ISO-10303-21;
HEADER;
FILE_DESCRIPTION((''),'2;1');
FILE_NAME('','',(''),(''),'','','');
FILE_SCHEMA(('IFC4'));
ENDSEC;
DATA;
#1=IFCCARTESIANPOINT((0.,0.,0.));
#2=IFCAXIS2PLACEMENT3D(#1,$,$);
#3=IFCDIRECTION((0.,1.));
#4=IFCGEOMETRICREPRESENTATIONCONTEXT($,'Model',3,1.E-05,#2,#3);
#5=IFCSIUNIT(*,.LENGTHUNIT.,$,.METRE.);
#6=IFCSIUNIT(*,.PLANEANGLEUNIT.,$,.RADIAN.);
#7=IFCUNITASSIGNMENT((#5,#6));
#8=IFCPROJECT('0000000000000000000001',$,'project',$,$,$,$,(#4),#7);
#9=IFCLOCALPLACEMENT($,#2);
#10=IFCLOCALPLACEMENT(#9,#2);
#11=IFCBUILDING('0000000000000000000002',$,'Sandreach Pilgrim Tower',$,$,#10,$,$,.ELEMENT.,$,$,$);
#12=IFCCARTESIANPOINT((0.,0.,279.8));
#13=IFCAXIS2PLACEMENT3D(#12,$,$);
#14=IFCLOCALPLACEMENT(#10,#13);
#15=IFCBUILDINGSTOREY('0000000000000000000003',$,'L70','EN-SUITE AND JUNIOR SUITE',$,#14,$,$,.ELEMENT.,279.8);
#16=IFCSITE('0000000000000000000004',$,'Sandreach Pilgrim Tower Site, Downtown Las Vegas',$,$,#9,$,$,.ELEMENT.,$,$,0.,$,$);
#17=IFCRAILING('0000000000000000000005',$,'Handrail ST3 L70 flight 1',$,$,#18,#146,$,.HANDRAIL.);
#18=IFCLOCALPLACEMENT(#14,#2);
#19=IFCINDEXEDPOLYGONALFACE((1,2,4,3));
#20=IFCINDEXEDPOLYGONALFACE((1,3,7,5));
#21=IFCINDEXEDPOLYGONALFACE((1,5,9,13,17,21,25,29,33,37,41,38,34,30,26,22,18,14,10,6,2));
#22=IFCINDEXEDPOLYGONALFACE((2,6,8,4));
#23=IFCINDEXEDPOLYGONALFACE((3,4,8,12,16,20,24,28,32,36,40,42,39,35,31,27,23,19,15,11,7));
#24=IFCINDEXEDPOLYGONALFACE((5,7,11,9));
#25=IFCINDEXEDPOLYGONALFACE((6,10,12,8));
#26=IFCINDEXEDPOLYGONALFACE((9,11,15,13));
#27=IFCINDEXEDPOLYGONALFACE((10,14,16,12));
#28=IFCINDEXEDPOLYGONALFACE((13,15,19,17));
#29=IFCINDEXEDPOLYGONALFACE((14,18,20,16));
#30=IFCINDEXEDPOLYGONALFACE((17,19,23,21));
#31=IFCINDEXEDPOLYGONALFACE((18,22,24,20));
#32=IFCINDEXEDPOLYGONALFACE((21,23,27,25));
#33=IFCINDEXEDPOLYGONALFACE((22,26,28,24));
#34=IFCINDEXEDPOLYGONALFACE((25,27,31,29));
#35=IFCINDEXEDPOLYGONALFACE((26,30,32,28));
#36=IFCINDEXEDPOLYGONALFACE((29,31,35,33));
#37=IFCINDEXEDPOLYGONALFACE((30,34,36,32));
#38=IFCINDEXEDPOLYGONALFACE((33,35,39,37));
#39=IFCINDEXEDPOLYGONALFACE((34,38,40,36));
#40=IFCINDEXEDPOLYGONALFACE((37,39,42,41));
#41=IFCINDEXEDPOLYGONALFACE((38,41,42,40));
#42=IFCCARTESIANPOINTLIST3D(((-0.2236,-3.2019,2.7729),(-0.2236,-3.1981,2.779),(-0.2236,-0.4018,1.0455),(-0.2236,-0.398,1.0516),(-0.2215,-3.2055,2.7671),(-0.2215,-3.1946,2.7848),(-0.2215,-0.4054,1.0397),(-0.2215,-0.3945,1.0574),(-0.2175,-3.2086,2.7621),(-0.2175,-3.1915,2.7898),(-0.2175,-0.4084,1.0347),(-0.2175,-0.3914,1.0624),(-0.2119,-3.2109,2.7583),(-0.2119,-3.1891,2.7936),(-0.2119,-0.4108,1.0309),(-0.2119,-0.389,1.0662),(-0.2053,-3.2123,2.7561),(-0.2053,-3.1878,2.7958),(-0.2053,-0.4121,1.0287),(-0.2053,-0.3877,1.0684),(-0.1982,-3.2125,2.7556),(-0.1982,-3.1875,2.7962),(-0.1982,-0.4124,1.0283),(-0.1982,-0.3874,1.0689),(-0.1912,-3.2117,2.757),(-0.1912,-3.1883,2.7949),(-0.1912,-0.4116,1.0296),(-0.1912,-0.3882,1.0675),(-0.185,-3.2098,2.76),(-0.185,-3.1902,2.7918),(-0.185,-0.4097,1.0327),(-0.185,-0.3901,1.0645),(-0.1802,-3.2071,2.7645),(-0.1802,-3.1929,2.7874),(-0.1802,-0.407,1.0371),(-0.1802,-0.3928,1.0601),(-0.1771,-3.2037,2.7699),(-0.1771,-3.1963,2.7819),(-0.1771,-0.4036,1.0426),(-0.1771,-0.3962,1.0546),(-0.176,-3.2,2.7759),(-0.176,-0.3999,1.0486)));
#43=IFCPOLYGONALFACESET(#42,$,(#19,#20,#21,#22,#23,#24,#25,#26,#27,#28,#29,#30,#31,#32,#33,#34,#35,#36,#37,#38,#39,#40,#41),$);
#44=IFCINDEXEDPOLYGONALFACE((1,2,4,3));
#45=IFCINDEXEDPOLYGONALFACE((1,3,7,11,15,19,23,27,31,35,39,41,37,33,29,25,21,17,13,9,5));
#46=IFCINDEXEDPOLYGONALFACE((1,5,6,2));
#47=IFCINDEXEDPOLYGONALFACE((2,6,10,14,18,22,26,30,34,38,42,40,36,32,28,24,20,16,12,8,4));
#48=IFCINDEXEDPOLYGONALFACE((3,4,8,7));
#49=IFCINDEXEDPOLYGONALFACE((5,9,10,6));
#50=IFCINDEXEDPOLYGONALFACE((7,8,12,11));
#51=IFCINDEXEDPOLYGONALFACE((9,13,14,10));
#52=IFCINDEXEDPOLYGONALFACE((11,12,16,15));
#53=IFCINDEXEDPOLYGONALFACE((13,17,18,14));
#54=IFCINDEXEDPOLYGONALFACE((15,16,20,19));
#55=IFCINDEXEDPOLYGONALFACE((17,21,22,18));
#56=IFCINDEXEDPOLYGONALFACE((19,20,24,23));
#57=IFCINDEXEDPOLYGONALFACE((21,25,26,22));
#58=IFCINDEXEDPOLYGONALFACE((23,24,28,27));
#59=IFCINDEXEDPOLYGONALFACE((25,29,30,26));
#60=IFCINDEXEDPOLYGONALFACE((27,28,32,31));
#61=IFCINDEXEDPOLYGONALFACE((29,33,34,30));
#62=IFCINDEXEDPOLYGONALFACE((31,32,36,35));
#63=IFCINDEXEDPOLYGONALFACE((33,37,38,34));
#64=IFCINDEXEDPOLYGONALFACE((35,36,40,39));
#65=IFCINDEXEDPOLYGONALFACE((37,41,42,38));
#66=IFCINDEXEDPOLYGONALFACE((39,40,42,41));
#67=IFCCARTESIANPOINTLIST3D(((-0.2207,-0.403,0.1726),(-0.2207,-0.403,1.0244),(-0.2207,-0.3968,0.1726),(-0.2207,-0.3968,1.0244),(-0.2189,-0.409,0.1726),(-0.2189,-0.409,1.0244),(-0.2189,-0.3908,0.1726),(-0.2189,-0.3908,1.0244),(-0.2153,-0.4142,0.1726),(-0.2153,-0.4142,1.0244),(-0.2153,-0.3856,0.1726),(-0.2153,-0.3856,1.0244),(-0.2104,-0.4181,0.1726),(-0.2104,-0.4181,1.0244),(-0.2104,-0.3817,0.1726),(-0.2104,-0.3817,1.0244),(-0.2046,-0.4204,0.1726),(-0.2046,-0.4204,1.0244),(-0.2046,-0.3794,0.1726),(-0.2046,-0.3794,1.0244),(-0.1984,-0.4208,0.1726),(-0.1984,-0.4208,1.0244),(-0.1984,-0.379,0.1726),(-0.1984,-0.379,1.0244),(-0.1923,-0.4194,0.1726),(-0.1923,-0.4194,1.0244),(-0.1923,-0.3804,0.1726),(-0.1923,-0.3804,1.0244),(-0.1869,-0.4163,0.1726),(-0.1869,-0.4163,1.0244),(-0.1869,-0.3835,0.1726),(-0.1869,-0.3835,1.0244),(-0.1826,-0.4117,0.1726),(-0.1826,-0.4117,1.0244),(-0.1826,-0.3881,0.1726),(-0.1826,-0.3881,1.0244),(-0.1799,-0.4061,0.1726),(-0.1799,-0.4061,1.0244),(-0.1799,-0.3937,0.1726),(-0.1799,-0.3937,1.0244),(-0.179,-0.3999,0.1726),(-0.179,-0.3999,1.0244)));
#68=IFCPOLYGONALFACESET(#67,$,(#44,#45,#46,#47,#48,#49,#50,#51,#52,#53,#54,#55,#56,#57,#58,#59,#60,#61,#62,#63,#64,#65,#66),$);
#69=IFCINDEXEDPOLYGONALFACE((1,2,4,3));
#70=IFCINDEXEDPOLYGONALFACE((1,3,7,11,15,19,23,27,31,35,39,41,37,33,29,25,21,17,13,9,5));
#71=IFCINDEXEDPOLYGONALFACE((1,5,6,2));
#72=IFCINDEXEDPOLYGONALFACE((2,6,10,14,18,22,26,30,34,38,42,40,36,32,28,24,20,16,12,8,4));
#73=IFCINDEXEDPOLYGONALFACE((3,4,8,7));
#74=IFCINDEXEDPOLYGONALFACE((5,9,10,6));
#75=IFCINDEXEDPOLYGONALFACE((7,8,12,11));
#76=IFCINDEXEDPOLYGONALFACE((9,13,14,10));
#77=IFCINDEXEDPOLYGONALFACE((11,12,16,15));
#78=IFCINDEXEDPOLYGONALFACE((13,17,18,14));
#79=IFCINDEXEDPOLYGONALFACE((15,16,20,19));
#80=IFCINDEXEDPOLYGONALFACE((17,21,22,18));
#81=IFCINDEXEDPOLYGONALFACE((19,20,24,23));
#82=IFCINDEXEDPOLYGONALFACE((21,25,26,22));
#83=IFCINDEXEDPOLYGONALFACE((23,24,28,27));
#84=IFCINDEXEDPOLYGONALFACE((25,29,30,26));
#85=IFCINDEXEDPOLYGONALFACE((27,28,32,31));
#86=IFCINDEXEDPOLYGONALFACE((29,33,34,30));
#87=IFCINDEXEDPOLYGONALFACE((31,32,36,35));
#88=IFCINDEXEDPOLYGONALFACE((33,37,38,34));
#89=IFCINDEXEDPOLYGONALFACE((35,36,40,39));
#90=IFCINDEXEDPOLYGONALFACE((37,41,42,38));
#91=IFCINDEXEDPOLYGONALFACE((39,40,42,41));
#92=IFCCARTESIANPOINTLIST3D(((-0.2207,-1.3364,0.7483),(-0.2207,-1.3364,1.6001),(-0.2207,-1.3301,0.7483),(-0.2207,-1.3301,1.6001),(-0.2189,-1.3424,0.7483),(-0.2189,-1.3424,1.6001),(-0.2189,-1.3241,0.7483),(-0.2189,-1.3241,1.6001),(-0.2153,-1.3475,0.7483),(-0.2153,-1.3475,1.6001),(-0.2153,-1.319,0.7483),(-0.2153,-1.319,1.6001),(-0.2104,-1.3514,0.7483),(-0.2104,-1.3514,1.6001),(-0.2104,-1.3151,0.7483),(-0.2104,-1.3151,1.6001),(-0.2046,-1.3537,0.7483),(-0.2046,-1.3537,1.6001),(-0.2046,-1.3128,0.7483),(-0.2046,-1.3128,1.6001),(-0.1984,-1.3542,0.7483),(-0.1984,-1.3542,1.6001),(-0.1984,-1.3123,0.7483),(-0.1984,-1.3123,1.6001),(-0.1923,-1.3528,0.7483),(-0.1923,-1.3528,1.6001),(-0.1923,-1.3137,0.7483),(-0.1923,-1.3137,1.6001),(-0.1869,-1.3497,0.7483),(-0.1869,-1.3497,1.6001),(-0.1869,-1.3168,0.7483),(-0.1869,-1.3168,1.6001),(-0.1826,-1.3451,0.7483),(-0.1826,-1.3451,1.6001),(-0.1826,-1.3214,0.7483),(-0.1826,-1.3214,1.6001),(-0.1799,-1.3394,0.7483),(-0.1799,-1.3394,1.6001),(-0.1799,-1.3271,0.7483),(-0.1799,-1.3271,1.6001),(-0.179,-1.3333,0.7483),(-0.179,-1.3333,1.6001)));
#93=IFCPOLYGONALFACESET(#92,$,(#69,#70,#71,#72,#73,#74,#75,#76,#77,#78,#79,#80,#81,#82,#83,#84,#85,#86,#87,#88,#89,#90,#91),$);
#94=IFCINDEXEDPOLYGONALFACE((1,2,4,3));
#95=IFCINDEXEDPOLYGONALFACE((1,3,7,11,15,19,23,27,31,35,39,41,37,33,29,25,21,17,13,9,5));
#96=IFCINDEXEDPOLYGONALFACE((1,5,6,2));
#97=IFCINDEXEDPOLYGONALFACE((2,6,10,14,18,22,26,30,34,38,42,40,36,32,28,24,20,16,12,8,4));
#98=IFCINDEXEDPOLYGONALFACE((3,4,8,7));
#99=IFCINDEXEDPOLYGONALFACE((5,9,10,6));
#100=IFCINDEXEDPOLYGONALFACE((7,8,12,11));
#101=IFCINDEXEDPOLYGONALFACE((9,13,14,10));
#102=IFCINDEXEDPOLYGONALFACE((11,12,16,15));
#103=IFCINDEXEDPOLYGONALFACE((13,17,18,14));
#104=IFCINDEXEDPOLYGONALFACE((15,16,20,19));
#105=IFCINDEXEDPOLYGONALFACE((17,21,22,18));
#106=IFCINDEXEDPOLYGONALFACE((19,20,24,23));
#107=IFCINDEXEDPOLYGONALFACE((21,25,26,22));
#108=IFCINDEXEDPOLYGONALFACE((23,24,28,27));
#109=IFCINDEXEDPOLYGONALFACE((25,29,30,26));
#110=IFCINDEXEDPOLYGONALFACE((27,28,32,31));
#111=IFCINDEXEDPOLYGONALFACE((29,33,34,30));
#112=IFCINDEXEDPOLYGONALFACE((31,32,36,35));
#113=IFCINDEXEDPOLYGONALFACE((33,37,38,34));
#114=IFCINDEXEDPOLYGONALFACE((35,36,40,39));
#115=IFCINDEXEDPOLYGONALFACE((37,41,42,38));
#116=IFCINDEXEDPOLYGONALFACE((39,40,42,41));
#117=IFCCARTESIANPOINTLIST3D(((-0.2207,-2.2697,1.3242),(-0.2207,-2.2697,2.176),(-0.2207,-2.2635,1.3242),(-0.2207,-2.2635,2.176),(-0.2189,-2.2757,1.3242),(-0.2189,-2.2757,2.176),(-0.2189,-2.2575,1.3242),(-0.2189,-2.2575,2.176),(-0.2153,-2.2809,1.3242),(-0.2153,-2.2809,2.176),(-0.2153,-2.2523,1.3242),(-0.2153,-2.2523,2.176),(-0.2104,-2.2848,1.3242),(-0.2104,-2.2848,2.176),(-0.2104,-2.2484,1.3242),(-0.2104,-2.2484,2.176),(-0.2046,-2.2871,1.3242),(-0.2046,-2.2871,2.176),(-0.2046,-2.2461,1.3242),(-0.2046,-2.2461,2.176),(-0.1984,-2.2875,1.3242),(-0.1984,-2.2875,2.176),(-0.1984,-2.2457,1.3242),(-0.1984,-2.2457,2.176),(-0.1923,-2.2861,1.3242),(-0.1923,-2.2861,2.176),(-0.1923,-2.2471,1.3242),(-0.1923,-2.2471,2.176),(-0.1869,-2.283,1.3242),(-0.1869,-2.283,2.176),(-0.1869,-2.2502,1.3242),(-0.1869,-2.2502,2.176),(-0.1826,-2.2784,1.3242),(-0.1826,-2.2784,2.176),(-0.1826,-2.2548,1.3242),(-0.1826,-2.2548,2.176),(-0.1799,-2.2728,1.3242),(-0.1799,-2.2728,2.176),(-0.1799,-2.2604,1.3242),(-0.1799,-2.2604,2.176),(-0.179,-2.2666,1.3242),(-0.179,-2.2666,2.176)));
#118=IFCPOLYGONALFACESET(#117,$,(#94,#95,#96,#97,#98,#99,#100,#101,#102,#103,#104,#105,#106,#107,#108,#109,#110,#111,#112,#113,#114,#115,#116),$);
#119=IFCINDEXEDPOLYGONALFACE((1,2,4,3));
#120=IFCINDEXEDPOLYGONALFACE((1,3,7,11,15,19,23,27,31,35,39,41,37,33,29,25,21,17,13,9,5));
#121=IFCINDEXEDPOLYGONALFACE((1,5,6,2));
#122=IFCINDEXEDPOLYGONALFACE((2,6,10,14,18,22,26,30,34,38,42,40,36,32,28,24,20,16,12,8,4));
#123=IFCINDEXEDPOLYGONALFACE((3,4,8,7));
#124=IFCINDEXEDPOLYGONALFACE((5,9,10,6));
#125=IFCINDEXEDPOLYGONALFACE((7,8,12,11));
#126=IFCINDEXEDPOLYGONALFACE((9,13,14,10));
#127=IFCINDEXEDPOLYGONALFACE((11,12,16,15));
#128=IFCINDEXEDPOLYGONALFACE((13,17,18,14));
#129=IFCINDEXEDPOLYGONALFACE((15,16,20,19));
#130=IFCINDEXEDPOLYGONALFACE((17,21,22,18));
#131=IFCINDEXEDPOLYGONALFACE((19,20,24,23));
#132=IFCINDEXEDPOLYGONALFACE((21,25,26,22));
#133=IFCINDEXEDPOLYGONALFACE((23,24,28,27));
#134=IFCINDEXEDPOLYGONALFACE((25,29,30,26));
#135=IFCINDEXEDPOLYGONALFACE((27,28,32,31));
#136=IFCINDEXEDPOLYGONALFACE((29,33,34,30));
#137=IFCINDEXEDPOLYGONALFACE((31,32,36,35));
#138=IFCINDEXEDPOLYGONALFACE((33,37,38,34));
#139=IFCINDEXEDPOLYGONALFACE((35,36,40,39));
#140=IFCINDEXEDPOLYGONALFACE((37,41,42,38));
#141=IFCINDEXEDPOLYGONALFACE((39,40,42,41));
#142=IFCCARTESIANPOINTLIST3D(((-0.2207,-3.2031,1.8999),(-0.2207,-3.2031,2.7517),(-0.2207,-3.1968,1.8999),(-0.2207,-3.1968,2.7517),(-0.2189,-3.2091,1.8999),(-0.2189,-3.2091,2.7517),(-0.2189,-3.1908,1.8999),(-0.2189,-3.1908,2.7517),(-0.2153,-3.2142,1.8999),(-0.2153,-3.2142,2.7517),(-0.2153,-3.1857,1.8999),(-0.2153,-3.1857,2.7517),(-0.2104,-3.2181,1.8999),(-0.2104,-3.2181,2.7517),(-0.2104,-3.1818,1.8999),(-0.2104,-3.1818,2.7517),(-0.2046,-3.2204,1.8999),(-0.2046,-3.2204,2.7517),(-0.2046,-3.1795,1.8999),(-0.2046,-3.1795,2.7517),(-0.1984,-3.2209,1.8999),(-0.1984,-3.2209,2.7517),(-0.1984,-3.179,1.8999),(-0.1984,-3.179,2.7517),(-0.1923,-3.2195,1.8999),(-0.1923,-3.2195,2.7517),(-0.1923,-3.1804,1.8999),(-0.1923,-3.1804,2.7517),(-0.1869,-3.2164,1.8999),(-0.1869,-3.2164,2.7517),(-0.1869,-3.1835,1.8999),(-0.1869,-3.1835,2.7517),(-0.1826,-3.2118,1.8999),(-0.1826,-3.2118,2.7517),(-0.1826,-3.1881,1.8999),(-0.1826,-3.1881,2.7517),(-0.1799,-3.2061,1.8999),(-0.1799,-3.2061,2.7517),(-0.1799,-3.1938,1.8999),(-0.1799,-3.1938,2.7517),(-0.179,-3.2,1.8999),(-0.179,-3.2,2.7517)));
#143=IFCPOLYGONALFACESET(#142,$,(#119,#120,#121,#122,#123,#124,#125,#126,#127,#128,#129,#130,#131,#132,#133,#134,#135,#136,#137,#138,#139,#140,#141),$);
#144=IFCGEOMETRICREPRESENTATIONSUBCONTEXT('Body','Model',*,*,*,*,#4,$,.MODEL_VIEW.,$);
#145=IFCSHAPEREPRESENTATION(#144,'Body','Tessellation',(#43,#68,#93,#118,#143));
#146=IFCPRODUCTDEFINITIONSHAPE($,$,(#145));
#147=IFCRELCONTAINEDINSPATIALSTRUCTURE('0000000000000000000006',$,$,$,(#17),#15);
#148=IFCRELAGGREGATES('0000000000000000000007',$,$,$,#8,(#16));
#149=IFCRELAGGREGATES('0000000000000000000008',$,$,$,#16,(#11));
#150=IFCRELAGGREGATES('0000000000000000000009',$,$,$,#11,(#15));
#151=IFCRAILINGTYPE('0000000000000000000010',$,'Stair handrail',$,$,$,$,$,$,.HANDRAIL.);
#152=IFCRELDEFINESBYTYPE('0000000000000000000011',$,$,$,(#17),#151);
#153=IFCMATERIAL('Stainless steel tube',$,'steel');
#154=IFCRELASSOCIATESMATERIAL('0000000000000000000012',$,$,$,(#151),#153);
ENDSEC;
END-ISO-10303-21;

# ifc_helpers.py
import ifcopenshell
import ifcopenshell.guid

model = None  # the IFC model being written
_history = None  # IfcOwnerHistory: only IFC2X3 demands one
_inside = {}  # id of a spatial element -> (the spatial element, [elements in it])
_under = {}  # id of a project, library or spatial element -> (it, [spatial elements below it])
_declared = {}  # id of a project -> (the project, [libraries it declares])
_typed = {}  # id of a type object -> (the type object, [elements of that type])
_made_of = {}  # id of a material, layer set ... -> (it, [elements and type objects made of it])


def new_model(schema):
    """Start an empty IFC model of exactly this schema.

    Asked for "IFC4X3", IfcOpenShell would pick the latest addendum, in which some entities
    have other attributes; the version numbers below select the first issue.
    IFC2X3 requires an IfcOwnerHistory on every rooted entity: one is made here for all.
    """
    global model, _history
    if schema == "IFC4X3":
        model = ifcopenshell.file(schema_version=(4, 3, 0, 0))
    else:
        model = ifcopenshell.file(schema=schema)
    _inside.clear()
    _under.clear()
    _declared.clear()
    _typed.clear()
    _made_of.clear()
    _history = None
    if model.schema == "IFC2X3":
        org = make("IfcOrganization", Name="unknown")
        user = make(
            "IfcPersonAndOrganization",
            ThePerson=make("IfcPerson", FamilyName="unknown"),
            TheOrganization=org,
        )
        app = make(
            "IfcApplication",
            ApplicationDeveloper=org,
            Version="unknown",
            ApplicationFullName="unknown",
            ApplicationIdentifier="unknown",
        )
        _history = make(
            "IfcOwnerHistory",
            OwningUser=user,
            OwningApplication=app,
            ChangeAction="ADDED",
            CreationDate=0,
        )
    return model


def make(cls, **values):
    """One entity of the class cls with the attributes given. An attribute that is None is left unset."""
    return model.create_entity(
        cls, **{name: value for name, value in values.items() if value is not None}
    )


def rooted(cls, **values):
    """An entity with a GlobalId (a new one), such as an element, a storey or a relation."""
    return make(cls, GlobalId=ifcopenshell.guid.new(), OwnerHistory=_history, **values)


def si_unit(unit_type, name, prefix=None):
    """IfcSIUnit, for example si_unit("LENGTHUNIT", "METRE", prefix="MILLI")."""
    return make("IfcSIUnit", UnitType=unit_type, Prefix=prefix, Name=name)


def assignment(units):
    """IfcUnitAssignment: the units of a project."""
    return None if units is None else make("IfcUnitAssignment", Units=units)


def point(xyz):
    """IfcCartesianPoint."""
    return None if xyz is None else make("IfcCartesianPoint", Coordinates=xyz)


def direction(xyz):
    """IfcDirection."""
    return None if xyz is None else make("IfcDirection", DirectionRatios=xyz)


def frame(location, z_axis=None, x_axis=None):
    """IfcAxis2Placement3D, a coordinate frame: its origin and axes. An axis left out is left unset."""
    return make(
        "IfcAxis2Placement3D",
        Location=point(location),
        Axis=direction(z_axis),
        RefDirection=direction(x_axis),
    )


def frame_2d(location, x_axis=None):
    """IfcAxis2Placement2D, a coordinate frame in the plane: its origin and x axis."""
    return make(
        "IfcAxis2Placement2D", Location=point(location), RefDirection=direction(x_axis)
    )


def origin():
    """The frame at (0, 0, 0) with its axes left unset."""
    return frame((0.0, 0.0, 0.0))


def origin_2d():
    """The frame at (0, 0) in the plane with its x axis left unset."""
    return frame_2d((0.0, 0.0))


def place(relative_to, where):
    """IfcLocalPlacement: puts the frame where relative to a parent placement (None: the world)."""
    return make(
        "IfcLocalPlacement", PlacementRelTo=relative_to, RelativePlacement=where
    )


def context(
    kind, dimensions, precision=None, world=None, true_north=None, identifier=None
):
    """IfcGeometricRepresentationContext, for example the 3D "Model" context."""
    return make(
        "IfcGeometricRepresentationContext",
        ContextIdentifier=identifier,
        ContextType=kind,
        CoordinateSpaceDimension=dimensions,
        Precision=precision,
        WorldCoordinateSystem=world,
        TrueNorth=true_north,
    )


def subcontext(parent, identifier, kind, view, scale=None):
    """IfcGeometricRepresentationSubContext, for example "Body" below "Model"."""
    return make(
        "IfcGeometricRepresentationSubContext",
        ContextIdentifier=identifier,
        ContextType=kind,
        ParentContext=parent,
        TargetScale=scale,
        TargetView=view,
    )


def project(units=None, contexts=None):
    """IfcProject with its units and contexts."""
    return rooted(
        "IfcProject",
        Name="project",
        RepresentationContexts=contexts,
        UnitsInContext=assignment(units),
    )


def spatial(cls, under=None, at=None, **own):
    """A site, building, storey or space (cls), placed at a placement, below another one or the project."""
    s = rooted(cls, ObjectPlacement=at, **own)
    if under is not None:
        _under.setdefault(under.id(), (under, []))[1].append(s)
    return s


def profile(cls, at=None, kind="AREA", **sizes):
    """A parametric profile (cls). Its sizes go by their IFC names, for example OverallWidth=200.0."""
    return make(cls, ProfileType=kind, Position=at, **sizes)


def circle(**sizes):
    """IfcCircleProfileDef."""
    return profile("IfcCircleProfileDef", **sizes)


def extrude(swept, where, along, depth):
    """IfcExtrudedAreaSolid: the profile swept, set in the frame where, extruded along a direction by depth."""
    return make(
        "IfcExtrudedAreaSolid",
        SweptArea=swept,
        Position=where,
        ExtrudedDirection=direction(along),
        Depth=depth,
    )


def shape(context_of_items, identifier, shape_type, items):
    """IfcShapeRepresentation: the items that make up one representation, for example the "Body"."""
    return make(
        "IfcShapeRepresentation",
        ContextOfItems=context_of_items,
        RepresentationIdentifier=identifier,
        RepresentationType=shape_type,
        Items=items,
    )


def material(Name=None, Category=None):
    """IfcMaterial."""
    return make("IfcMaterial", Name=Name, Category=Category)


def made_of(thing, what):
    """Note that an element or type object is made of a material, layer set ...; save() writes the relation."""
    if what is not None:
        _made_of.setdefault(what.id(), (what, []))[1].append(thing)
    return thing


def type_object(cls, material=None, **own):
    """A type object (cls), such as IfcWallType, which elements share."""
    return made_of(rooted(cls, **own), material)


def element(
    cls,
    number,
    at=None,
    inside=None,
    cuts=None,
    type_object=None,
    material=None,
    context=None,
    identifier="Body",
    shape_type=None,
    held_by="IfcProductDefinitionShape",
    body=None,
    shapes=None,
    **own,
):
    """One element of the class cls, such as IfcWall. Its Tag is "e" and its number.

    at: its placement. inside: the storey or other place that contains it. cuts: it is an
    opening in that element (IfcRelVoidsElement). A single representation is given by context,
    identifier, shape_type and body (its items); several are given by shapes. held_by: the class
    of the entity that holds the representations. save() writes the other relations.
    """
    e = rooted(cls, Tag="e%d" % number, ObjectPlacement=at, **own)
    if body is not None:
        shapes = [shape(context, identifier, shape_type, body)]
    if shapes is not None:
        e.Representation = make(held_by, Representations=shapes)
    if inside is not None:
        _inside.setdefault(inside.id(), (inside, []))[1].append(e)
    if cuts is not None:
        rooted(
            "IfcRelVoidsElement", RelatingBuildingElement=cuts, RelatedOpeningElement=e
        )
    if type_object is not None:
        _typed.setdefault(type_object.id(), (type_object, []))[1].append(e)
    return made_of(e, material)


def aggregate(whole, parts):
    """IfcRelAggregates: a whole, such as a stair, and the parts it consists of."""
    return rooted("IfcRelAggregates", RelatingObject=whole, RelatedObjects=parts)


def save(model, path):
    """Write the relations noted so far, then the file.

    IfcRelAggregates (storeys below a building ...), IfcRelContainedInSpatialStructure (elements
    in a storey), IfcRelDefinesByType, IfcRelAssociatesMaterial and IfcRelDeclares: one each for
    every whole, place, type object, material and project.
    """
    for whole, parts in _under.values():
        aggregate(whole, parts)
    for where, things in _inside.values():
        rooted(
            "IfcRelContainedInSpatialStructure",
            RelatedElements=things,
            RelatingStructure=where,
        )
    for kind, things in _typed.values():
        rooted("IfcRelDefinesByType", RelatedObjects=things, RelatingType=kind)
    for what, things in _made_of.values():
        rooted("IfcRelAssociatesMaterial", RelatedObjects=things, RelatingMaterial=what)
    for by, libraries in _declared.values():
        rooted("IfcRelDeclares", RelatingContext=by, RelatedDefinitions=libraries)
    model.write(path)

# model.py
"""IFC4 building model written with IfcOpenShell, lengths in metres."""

from ifc_helpers import new_model, si_unit, direction, frame, origin, origin_2d, place, context, subcontext, project, spatial, circle, extrude, material, type_object, element, save


model = new_model("IFC4")

# Units and contexts
model_context = context("Model", 3, precision=1e-05, world=origin(), true_north=direction((0.0, 1.0)))
body_context = subcontext(model_context, "Body", "Model", "MODEL_VIEW")
ifc_project = project(units=[si_unit("LENGTHUNIT", "METRE"), si_unit("PLANEANGLEUNIT", "RADIAN")], contexts=[model_context])

# Site, building, storey
site_placement = place(None, origin())
site = spatial("IfcSite", under=ifc_project, at=site_placement, Name="Sandreach Pilgrim Tower Site, Downtown Las Vegas", CompositionType="ELEMENT", RefElevation=0.0)
building_placement = place(site_placement, origin())
building = spatial("IfcBuilding", under=site, at=building_placement, Name="Sandreach Pilgrim Tower", CompositionType="ELEMENT")
storey_placement = place(building_placement, frame((0.0, 0.0, 279.8)))
storey = spatial("IfcBuildingStorey", under=building, at=storey_placement, Name="L70", Description="EN-SUITE AND JUNIOR SUITE", CompositionType="ELEMENT", Elevation=279.8)

# Railing
ifc_material_1 = material(Name="Stainless steel tube", Category="steel")
railing_type = type_object("IfcRailingType", Name="Stair handrail", PredefinedType="HANDRAIL", material=ifc_material_1)
for number, where, name in (
    (1, (-0.2, -0.3999, 0.1726), "Handrail ST3 L70 flight 1"),
):
    element("IfcRailing", number, at=place(storey_placement, frame(where)), inside=storey, type_object=railing_type, Name=name, PredefinedType="HANDRAIL", context=body_context, shape_type="SweptSolid", body=[
        extrude(circle(Radius=0.0239, at=origin_2d()), frame((0.0, 0.0, 0.876), z_axis=(0.0, -0.85109, 0.52502), x_axis=(1.0, 0.0, 0.0)), (0.0, 0.0, 1.0), 3.29),
        extrude(circle(Radius=0.021, at=origin_2d()), origin(), (0.0, 0.0, 1.0), 0.8518),
        extrude(circle(Radius=0.021, at=origin_2d()), frame((0.0, -0.9333, 0.5757)), (0.0, 0.0, 1.0), 0.8518),
        extrude(circle(Radius=0.021, at=origin_2d()), frame((0.0, -1.8667, 1.1516)), (0.0, 0.0, 1.0), 0.8518),
        extrude(circle(Radius=0.021, at=origin_2d()), frame((0.0, -2.8, 1.7273)), (0.0, 0.0, 1.0), 0.8518),
    ])

save(model, "model.ifc")
